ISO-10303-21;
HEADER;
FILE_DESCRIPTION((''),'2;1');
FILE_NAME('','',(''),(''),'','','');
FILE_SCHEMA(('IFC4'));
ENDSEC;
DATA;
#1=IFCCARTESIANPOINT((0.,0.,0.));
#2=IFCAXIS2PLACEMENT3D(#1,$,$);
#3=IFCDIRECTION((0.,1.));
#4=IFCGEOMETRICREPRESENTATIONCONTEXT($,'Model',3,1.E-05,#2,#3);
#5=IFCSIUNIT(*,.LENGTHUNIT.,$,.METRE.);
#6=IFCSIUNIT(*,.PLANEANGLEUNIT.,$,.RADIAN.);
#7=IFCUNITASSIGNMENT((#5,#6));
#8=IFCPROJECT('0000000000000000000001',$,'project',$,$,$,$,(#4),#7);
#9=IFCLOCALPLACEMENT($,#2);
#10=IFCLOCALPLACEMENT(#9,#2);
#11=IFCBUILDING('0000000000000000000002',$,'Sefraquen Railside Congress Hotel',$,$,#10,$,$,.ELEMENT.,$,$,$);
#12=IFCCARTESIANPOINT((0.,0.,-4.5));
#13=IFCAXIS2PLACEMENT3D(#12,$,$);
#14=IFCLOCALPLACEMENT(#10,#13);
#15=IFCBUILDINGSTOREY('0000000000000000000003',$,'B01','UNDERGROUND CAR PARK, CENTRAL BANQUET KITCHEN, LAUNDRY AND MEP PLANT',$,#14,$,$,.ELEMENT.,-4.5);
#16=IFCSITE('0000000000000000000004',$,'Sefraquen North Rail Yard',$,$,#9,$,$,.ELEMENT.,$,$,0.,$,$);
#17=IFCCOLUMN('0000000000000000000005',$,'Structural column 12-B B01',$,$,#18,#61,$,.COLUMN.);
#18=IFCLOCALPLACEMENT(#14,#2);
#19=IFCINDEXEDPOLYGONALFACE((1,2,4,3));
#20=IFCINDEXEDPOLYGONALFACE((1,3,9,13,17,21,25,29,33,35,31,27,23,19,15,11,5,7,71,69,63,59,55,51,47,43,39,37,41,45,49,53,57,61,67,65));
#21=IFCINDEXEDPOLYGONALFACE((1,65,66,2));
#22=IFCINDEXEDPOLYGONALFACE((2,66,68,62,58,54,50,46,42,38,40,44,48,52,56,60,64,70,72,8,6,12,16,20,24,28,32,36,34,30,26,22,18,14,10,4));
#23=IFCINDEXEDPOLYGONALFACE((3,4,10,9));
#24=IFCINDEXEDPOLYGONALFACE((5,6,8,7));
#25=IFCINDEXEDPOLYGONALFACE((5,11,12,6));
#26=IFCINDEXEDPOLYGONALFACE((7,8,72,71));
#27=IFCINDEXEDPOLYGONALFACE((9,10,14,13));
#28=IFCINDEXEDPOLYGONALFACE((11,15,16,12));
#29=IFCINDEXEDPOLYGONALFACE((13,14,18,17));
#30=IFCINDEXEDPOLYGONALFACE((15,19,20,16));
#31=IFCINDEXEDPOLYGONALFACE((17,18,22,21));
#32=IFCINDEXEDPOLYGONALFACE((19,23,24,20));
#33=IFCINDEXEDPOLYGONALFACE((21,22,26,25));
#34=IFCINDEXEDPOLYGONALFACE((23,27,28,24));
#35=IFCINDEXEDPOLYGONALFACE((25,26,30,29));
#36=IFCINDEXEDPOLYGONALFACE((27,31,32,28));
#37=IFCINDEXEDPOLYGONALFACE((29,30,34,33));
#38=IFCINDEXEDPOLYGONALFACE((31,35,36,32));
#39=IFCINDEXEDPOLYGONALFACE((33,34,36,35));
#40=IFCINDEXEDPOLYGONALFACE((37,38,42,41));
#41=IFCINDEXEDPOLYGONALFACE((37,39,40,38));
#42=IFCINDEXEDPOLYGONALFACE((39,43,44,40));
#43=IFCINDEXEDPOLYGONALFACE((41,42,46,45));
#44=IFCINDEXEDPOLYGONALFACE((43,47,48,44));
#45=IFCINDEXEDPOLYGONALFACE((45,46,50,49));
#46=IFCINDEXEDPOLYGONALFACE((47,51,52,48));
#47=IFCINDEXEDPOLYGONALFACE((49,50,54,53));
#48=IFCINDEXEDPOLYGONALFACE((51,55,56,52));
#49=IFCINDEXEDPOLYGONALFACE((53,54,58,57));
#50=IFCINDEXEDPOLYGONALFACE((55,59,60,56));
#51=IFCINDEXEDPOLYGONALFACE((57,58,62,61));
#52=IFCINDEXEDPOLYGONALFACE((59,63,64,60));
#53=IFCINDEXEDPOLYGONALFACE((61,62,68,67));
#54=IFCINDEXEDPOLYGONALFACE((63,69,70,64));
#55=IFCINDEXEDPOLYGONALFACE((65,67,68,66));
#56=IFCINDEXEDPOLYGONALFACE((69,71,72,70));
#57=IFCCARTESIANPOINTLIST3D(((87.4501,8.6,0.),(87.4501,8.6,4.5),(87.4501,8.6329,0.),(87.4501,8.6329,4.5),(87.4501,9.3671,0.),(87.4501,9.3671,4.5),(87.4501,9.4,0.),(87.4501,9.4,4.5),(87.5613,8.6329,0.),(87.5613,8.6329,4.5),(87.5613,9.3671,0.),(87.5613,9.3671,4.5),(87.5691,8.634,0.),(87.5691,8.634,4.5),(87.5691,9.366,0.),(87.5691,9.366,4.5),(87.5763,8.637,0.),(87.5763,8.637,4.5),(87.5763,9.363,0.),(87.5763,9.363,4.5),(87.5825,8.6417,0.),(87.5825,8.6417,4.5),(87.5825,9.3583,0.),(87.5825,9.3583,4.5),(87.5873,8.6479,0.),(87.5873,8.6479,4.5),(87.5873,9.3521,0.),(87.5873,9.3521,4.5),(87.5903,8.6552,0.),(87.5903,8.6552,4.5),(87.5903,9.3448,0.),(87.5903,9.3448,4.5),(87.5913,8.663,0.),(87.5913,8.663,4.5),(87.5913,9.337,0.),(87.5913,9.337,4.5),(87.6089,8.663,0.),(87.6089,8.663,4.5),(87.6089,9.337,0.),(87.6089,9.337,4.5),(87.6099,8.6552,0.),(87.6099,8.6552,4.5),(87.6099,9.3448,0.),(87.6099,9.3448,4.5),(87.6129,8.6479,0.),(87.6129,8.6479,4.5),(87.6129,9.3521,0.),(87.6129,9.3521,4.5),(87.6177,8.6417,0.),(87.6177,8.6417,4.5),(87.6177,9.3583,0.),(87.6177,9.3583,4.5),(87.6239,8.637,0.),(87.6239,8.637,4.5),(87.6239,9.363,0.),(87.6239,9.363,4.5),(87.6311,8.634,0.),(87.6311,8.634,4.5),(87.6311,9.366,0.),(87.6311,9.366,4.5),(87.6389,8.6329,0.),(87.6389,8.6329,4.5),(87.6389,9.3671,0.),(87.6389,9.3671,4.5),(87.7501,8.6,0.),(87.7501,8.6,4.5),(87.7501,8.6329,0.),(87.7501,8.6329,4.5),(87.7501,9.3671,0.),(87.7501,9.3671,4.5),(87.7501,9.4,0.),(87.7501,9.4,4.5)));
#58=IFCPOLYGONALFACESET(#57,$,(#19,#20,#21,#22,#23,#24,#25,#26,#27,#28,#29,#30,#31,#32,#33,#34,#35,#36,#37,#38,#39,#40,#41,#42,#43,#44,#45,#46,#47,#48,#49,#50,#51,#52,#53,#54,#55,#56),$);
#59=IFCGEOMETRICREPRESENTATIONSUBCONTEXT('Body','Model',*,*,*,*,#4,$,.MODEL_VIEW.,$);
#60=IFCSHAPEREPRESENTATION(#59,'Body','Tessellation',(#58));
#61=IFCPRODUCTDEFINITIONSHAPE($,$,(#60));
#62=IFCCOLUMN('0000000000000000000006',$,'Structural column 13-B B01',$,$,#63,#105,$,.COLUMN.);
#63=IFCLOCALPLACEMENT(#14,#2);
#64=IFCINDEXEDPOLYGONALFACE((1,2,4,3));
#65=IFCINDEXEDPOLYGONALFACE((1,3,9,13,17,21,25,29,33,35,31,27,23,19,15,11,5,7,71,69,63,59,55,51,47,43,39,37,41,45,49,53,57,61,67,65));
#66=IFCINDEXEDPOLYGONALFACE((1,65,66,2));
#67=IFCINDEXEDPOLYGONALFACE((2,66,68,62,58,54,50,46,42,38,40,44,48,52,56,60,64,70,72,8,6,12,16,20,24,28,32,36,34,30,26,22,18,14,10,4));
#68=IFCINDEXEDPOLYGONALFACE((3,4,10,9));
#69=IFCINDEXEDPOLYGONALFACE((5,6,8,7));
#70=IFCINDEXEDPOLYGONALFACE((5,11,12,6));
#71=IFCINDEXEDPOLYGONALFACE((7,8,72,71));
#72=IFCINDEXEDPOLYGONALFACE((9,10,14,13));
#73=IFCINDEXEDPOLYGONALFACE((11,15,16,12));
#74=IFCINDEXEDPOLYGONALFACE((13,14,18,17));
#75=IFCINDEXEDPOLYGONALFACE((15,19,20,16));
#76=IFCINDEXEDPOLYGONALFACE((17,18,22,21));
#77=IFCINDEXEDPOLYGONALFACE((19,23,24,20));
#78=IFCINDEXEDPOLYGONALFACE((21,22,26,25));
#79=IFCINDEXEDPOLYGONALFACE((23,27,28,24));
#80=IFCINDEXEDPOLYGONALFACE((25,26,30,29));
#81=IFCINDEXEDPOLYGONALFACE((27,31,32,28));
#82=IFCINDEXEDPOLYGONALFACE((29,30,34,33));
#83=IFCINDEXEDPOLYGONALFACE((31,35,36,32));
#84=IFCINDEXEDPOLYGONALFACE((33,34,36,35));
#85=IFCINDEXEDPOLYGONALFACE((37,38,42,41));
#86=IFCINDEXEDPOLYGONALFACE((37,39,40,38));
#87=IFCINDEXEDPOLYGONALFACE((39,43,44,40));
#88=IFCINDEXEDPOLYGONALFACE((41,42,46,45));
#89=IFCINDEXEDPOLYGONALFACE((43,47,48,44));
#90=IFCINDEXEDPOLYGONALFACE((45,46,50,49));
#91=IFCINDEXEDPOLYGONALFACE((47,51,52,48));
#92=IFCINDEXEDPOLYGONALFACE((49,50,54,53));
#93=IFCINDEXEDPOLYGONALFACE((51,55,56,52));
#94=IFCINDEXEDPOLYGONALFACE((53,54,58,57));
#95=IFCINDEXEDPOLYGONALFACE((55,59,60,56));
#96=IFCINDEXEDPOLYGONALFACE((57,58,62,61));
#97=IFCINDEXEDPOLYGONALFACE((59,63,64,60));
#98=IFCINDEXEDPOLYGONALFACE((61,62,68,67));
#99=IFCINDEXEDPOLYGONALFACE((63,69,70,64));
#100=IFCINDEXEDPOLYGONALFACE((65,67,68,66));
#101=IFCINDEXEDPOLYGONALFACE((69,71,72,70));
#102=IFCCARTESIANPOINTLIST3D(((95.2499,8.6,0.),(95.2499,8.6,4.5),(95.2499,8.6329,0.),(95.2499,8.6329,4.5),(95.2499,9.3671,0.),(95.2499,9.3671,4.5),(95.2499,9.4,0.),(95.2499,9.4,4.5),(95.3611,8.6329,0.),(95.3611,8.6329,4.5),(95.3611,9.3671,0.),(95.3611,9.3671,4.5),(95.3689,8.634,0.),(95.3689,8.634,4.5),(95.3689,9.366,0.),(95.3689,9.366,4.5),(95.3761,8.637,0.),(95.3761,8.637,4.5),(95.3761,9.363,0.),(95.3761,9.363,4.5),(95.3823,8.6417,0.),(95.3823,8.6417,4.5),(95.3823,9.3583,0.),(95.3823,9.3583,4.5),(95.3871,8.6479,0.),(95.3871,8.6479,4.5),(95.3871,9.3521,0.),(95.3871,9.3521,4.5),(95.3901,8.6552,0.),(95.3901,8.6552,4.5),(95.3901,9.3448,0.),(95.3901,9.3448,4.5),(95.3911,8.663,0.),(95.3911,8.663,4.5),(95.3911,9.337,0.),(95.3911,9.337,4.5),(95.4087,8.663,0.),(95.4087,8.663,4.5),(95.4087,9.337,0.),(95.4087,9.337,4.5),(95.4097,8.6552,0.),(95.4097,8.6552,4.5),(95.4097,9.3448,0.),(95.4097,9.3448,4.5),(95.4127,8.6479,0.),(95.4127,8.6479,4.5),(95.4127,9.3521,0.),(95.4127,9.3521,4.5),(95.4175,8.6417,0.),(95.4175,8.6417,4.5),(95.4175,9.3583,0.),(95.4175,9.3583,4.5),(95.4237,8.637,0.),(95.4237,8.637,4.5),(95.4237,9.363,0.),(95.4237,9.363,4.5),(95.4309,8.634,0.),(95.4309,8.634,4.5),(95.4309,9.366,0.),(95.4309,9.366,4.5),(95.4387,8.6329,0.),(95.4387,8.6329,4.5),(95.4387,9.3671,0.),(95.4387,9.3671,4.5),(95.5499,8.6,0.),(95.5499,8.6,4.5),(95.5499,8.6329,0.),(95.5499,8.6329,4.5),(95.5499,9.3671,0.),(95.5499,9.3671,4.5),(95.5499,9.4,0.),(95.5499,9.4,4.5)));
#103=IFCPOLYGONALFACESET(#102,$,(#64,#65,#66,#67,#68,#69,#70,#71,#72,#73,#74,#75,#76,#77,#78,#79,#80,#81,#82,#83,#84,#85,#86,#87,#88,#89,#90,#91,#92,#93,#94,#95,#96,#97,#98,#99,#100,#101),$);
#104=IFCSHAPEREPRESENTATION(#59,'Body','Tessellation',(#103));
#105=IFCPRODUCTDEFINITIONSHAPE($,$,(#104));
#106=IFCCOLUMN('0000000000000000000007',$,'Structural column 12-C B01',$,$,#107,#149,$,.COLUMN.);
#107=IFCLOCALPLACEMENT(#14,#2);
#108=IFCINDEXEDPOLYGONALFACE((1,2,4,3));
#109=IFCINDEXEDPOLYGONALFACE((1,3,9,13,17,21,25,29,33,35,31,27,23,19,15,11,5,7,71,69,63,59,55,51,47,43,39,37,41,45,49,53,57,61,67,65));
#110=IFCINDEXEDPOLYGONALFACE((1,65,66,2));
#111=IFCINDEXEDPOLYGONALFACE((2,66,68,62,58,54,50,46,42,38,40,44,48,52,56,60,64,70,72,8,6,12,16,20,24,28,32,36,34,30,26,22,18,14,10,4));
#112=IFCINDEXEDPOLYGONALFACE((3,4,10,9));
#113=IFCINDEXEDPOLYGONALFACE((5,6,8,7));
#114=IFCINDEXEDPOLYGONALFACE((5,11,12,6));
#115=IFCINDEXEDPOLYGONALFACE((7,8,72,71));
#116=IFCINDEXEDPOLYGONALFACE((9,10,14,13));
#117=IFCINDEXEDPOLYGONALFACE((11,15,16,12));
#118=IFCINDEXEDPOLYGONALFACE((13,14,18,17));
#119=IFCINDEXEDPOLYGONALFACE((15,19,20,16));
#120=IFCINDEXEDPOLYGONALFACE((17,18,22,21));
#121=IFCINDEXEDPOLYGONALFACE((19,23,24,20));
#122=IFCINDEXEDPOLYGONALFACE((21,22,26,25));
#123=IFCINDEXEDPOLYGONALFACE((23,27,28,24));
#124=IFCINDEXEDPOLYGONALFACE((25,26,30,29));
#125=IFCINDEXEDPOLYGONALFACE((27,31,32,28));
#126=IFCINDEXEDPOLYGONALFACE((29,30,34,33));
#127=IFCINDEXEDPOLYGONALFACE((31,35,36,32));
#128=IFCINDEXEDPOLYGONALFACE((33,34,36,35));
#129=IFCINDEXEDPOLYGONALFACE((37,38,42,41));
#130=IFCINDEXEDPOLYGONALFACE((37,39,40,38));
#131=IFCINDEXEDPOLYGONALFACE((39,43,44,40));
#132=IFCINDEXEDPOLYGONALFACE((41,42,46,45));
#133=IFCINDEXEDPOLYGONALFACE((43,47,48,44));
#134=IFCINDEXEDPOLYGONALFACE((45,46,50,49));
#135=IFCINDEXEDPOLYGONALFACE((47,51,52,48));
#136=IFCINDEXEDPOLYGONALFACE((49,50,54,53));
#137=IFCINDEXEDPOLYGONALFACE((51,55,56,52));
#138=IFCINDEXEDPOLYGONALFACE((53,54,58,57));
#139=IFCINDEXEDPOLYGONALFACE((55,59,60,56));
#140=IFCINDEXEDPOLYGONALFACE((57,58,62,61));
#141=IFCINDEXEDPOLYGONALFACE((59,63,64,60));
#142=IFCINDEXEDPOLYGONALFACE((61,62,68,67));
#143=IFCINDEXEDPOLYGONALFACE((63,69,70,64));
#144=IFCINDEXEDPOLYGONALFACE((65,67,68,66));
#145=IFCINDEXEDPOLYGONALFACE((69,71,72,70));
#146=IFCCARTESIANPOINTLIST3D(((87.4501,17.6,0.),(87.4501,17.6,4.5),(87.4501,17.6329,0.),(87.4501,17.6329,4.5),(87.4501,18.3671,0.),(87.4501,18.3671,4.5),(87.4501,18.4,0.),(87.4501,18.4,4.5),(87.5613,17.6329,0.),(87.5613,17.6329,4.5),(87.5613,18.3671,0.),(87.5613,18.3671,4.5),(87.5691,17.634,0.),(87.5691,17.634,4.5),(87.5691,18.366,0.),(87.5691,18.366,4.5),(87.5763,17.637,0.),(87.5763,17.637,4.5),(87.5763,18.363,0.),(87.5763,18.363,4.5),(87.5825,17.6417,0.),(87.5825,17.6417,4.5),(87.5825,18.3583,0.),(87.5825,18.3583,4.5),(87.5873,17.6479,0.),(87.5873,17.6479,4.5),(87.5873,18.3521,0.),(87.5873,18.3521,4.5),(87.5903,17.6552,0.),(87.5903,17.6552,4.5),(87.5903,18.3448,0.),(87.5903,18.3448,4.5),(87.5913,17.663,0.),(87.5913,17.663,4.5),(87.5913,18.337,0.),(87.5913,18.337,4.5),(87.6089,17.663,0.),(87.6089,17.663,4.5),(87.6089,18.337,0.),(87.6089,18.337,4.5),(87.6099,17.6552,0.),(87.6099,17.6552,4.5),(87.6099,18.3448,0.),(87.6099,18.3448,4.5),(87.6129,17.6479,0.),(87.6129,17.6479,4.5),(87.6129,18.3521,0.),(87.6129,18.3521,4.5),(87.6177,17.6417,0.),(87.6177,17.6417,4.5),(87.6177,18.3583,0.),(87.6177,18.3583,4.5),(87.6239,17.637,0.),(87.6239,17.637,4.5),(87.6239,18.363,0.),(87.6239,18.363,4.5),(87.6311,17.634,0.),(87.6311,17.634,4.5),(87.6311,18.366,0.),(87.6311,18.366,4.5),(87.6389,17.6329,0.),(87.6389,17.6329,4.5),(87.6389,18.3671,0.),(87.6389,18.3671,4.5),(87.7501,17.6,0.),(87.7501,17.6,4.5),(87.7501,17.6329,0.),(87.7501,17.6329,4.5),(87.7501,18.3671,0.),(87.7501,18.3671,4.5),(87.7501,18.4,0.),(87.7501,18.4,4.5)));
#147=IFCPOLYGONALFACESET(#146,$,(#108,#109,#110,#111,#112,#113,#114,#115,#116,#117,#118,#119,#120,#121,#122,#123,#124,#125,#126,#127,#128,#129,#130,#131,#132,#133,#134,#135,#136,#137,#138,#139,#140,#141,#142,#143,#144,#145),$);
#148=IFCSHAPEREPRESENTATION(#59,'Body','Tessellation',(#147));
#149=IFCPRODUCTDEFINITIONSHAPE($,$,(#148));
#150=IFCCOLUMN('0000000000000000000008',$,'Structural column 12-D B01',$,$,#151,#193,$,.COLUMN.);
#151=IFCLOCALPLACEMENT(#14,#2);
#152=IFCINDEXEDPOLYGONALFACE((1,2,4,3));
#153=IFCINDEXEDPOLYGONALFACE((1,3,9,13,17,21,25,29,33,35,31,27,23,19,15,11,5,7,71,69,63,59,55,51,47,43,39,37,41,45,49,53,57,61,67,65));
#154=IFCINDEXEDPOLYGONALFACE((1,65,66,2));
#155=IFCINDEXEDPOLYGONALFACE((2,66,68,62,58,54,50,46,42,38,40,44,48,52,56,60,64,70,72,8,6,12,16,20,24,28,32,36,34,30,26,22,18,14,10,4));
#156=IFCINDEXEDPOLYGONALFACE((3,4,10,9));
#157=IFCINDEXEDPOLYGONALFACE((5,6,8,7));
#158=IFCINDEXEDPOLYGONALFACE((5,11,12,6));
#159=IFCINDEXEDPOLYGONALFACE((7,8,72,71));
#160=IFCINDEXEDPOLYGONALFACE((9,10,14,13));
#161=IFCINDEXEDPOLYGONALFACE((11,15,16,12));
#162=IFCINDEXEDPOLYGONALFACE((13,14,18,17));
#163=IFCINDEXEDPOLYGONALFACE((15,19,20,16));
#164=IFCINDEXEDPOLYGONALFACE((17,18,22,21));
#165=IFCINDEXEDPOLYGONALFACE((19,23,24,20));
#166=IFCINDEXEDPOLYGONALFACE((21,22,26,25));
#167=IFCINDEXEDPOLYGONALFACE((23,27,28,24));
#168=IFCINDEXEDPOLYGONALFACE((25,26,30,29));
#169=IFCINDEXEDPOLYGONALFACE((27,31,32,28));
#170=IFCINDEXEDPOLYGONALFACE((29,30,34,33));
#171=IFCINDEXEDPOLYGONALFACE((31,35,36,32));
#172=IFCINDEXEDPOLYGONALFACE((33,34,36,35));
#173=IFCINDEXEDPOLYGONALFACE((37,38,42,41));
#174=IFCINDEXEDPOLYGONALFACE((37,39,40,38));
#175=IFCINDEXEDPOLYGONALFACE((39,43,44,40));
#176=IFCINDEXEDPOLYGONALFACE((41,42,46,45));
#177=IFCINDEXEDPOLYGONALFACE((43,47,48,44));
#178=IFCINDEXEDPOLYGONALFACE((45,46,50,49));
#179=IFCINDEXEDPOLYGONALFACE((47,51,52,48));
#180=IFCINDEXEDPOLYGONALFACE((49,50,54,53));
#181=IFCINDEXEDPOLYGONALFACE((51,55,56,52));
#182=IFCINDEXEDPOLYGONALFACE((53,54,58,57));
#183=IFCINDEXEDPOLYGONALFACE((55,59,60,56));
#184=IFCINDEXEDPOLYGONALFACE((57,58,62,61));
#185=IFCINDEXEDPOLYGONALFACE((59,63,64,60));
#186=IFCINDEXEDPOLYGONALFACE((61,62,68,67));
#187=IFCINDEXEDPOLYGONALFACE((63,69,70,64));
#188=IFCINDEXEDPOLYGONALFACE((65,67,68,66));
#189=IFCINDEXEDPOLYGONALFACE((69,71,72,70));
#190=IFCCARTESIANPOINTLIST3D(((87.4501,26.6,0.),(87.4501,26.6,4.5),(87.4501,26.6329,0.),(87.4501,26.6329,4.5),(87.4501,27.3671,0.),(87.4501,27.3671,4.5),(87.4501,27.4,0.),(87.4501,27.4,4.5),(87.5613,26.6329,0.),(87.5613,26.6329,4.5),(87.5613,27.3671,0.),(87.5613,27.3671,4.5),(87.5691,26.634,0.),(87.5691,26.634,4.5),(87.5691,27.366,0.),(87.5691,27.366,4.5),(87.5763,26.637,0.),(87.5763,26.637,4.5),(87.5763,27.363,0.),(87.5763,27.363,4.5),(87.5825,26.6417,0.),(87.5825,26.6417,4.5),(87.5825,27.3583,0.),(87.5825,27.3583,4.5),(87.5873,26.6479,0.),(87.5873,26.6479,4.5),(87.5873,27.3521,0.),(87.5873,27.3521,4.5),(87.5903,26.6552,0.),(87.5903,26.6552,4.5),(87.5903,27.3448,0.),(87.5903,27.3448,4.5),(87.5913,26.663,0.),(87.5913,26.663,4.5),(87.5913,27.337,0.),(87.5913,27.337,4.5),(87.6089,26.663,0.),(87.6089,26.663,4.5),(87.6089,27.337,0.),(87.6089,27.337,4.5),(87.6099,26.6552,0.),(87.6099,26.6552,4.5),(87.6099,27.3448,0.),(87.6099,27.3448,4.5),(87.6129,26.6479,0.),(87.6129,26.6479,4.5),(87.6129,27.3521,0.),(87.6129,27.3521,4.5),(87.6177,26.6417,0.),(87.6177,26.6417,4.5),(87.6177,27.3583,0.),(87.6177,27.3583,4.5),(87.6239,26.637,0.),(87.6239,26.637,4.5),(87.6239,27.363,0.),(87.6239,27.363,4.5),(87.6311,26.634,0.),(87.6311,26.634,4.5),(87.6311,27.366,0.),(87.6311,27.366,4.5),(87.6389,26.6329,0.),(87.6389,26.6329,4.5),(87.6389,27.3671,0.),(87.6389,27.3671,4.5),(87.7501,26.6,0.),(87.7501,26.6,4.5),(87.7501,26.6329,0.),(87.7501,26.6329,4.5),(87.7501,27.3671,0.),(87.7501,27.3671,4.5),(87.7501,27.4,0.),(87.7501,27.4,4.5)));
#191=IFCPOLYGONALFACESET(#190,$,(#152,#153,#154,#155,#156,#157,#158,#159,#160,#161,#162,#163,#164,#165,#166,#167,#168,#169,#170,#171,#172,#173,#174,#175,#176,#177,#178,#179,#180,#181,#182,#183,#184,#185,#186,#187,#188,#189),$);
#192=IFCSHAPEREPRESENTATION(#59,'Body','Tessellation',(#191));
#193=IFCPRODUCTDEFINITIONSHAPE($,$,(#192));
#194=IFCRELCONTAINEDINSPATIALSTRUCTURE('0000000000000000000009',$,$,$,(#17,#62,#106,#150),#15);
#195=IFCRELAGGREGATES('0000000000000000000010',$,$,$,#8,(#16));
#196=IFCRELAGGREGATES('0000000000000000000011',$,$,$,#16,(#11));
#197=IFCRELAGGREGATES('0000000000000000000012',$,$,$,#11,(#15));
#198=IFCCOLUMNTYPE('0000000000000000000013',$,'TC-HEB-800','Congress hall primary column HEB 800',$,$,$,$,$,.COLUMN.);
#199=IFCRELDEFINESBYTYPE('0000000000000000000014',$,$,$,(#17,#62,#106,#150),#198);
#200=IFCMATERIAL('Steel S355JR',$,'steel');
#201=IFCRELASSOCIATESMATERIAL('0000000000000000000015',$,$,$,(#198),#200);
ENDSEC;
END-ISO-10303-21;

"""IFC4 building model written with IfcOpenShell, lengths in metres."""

from ifc_helpers import new_model, si_unit, direction, frame, origin, origin_2d, place, context, subcontext, project, spatial, i_section, extrude, material, material_profile, profile_set, type_object, element, save


model = new_model("IFC4")

# Units and contexts
model_context = context("Model", 3, precision=1e-05, world=origin(), true_north=direction((0.0, 1.0)))
body_context = subcontext(model_context, "Body", "Model", "MODEL_VIEW")
ifc_project = project(units=[si_unit("LENGTHUNIT", "METRE"), si_unit("PLANEANGLEUNIT", "RADIAN")], contexts=[model_context])

# Site, building, storey
site_placement = place(None, origin())
site = spatial("IfcSite", under=ifc_project, at=site_placement, Name="Sefraquen North Rail Yard", CompositionType="ELEMENT", RefElevation=0.0)
building_placement = place(site_placement, origin())
building = spatial("IfcBuilding", under=site, at=building_placement, Name="Sefraquen Railside Congress Hotel", CompositionType="ELEMENT")
storey_placement = place(building_placement, frame((0.0, 0.0, -4.5)))
storey = spatial("IfcBuildingStorey", under=building, at=storey_placement, Name="B01", Description="UNDERGROUND CAR PARK, CENTRAL BANQUET KITCHEN, LAUNDRY AND MEP PLANT", CompositionType="ELEMENT", Elevation=-4.5)

# Columns
ifc_material_1 = material(Name="Steel S355JR", Category="steel")
ifc_material_profile_1 = material_profile(ifc_material_1, i_section(OverallWidth=0.3, OverallDepth=0.8, WebThickness=0.0176, FlangeThickness=0.033, FilletRadius=0.03, at=origin_2d()), Name="HEB 800")
ifc_profile_set_1 = profile_set([ifc_material_profile_1], Name="Steel S355JR")
column_type_1 = type_object("IfcColumnType", Name="TC-HEB-800", Description="Congress hall primary column HEB 800", PredefinedType="COLUMN", material=ifc_profile_set_1)
for number, where, z_axis, x_axis, name in (
    (1, (87.6001, 9.0, 0.0), (0.0, 0.0, 1.0), (1.0, 0.0, 0.0), "Structural column 12-B B01"),
    (2, (95.3999, 9.0, 0.0), (0.0, 0.0, 1.0), (1.0, 0.0, 0.0), "Structural column 13-B B01"),
    (3, (87.6001, 18.0, 0.0), (0.0, 0.0, 1.0), (1.0, 0.0, 0.0), "Structural column 12-C B01"),
    (4, (87.6001, 27.0, 0.0), (0.0, 0.0, 1.0), (1.0, 0.0, 0.0), "Structural column 12-D B01"),
):
    element("IfcColumn", number, at=place(storey_placement, frame(where, z_axis=z_axis, x_axis=x_axis)), inside=storey, type_object=column_type_1, Name=name, PredefinedType="COLUMN", context=body_context, shape_type="SweptSolid", body=[
        extrude(i_section(OverallWidth=0.3, OverallDepth=0.8, WebThickness=0.0176, FlangeThickness=0.033, FilletRadius=0.03, at=origin_2d()), origin(), (0.0, 0.0, 1.0), 4.5),
    ])

save(model, "model.ifc")
